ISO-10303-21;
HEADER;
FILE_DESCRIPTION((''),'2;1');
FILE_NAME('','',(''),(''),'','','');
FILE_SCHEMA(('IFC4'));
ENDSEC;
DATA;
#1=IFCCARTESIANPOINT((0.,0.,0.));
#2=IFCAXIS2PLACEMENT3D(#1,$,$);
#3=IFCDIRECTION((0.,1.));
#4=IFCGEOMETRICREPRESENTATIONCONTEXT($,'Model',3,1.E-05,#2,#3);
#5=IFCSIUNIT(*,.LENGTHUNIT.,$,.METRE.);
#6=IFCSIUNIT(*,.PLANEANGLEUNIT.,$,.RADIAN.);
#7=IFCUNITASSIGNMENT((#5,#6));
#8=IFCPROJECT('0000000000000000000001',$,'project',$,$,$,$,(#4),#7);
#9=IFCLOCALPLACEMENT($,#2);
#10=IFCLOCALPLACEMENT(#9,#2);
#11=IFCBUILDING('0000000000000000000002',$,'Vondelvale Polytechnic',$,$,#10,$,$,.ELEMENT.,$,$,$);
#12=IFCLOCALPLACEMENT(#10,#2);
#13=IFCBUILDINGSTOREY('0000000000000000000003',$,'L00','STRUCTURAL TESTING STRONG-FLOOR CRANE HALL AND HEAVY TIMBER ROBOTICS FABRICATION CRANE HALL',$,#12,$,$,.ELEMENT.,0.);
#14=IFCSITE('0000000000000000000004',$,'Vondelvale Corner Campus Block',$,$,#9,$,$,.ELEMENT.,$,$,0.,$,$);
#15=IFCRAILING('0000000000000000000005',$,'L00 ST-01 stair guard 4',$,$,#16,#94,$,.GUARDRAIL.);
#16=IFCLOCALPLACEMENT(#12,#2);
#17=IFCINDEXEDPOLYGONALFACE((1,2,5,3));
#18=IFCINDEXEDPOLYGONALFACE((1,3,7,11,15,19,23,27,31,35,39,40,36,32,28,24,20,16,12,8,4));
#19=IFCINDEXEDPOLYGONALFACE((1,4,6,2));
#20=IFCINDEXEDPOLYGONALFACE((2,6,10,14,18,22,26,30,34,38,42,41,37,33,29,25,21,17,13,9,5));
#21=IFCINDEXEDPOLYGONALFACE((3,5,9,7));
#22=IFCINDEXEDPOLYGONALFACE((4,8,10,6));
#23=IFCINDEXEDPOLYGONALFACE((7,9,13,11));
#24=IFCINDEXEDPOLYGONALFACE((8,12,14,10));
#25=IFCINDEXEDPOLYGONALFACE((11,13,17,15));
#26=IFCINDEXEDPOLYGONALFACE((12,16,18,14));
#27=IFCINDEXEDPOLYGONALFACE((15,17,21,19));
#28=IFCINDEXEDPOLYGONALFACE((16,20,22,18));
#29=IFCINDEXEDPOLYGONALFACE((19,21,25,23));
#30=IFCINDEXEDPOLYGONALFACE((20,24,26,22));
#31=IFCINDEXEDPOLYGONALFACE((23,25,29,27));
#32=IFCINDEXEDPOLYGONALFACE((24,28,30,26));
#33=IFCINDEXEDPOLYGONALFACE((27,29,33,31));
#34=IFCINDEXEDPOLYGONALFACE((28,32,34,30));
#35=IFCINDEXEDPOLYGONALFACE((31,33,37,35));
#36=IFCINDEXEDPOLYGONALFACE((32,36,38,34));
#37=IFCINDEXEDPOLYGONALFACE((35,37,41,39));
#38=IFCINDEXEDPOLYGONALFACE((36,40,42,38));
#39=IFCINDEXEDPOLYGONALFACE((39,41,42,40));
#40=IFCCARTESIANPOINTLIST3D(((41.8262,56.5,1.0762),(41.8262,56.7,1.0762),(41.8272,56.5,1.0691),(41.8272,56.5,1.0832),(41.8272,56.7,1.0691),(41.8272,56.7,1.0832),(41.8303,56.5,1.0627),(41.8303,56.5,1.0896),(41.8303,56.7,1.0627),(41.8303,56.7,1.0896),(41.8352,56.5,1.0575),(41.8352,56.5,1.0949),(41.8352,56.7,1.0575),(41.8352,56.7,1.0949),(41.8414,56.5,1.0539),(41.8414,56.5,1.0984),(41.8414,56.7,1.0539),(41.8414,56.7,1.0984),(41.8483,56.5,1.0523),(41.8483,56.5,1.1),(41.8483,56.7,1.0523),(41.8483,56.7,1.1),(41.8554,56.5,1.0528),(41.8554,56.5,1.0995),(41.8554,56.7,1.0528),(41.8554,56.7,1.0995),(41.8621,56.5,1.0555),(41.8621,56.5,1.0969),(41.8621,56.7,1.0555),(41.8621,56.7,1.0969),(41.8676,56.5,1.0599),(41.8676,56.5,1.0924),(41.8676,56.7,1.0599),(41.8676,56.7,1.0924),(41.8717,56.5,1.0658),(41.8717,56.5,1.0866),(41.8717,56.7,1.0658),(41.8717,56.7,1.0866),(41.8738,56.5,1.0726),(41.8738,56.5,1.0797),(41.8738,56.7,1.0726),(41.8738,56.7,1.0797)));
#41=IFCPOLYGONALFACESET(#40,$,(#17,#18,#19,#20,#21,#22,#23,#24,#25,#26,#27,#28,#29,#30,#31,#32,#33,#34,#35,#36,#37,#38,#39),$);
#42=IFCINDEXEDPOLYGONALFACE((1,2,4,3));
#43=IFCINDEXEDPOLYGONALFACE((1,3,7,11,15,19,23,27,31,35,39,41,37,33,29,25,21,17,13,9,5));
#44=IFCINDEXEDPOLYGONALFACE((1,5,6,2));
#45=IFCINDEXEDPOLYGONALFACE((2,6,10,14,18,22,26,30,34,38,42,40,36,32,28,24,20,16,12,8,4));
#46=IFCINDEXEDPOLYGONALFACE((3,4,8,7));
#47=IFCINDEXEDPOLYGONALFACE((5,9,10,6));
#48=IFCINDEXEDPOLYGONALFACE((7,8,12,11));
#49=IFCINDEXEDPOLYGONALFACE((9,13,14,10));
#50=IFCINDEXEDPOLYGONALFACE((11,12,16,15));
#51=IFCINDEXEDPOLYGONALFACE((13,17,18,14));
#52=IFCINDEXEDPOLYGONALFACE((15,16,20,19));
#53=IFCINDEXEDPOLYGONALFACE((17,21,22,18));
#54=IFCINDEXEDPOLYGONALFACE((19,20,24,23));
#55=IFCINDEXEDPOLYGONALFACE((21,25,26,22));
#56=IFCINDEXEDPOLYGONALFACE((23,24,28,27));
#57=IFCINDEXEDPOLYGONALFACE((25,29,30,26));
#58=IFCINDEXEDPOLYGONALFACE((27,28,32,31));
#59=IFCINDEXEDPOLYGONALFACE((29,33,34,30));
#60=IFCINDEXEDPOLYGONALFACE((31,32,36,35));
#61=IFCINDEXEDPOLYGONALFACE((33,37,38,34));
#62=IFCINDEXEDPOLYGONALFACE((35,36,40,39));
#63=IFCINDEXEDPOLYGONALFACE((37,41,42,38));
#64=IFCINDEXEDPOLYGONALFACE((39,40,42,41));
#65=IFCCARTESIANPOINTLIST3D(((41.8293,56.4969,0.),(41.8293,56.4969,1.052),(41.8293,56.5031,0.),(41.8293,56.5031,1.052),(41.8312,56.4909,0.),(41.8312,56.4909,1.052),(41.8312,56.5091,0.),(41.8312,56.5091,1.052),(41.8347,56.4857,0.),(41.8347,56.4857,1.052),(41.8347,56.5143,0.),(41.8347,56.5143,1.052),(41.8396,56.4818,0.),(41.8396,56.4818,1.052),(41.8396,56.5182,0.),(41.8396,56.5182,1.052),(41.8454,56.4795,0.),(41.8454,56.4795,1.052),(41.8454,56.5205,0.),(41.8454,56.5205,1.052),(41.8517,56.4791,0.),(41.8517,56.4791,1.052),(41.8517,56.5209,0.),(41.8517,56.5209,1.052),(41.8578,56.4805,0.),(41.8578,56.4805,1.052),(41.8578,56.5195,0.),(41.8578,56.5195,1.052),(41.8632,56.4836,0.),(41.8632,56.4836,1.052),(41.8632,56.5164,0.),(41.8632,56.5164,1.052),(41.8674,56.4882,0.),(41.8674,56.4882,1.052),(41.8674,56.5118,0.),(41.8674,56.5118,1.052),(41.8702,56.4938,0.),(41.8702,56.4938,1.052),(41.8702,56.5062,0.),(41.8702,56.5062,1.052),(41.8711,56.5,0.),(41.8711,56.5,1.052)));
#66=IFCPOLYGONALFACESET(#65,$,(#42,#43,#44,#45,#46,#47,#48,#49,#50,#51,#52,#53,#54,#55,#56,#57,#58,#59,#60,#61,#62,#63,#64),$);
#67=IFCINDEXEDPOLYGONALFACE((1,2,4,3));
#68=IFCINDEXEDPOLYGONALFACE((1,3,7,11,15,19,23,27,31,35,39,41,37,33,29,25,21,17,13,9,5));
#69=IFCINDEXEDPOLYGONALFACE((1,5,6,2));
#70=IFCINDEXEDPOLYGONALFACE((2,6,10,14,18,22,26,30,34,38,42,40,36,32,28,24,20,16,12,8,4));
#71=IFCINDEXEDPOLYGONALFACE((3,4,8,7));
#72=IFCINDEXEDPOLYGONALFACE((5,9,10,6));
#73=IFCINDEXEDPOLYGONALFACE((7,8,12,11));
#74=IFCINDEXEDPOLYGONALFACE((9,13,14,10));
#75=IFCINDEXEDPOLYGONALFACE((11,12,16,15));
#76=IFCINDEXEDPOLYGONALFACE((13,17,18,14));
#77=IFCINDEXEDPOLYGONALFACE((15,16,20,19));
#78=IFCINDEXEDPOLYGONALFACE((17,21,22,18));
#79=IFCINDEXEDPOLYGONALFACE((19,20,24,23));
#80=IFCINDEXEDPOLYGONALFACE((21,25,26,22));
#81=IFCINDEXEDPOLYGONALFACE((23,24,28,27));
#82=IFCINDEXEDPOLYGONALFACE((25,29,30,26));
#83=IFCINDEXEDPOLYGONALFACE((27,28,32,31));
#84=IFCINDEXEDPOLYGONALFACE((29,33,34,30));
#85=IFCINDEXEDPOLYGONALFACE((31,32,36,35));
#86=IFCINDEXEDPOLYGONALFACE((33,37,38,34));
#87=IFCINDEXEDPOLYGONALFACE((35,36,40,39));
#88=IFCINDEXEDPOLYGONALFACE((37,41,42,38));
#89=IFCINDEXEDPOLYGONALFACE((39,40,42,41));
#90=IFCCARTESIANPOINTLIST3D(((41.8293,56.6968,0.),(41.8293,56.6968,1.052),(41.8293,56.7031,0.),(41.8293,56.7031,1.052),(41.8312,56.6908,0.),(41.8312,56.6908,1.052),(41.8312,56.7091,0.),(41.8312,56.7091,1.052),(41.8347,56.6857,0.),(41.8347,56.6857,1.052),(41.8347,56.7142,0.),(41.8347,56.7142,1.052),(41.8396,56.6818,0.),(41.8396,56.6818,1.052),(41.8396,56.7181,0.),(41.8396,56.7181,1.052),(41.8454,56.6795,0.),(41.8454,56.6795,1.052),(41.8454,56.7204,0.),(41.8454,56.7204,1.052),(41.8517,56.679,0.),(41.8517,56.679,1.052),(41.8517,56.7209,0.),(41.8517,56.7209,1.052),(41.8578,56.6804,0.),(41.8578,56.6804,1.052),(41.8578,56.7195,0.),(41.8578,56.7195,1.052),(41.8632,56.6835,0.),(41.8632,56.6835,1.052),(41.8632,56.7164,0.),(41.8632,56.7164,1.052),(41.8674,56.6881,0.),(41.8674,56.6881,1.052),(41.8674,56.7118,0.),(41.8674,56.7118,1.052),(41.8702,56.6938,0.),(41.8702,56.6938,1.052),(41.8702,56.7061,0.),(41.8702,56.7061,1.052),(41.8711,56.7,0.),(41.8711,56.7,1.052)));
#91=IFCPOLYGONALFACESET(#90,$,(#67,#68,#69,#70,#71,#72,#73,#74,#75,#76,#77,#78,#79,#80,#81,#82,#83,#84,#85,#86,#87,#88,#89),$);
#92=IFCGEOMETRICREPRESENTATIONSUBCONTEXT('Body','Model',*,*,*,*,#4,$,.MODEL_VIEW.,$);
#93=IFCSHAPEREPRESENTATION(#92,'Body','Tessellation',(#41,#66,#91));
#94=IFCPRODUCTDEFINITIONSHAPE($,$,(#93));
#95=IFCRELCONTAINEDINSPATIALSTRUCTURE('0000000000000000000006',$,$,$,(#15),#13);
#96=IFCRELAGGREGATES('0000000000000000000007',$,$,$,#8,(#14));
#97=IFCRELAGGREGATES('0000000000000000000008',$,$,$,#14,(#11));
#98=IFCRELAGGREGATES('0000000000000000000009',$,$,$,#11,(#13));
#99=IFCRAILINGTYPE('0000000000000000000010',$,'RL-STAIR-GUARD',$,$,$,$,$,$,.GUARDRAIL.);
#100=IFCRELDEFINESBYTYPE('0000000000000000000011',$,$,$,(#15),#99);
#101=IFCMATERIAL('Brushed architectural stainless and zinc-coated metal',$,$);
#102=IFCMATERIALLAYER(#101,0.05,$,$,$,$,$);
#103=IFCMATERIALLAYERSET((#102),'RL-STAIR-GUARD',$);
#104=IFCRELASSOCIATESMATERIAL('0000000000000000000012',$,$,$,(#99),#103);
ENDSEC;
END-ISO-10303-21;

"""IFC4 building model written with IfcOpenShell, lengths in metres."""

from ifc_helpers import new_model, si_unit, direction, frame, origin, origin_2d, place, context, subcontext, project, spatial, circle, extrude, material, layer, layer_set, type_object, element, save


model = new_model("IFC4")

# Units and contexts
model_context = context("Model", 3, precision=1e-05, world=origin(), true_north=direction((0.0, 1.0)))
body_context = subcontext(model_context, "Body", "Model", "MODEL_VIEW")
ifc_project = project(units=[si_unit("LENGTHUNIT", "METRE"), si_unit("PLANEANGLEUNIT", "RADIAN")], contexts=[model_context])

# Site, building, storey
site_placement = place(None, origin())
site = spatial("IfcSite", under=ifc_project, at=site_placement, Name="Vondelvale Corner Campus Block", CompositionType="ELEMENT", RefElevation=0.0)
building_placement = place(site_placement, origin())
building = spatial("IfcBuilding", under=site, at=building_placement, Name="Vondelvale Polytechnic", CompositionType="ELEMENT")
storey_placement = place(building_placement, origin())
storey = spatial("IfcBuildingStorey", under=building, at=storey_placement, Name="L00", Description="STRUCTURAL TESTING STRONG-FLOOR CRANE HALL AND HEAVY TIMBER ROBOTICS FABRICATION CRANE HALL", CompositionType="ELEMENT", Elevation=0.0)

# Shared definitions
ifc_material_1 = material(Name="Brushed architectural stainless and zinc-coated metal")

# Railing
ifc_layer_1 = layer(ifc_material_1, 0.05)
ifc_layer_set_1 = layer_set([ifc_layer_1], Name="RL-STAIR-GUARD")
railing_type_1 = type_object("IfcRailingType", Name="RL-STAIR-GUARD", PredefinedType="GUARDRAIL", material=ifc_layer_set_1)
railing_1_placement = place(storey_placement, frame((41.8501, 56.5, 0.0)))
element("IfcRailing", 1, at=railing_1_placement, inside=storey, type_object=railing_type_1, Name="L00 ST-01 stair guard 4", PredefinedType="GUARDRAIL", context=body_context, shape_type="SweptSolid", body=[
    extrude(circle(Radius=0.0239, at=origin_2d()), frame((0.0, 0.0, 1.0762), z_axis=(0.0, 1.0, 0.0), x_axis=(-1.0, 0.0, 0.0)), (0.0, 0.0, 1.0), 0.2),
    extrude(circle(Radius=0.021, at=origin_2d()), origin(), (0.0, 0.0, 1.0), 1.052),
    extrude(circle(Radius=0.021, at=origin_2d()), frame((0.0, 0.2, 0.0)), (0.0, 0.0, 1.0), 1.052),
])

save(model, "model.ifc")
